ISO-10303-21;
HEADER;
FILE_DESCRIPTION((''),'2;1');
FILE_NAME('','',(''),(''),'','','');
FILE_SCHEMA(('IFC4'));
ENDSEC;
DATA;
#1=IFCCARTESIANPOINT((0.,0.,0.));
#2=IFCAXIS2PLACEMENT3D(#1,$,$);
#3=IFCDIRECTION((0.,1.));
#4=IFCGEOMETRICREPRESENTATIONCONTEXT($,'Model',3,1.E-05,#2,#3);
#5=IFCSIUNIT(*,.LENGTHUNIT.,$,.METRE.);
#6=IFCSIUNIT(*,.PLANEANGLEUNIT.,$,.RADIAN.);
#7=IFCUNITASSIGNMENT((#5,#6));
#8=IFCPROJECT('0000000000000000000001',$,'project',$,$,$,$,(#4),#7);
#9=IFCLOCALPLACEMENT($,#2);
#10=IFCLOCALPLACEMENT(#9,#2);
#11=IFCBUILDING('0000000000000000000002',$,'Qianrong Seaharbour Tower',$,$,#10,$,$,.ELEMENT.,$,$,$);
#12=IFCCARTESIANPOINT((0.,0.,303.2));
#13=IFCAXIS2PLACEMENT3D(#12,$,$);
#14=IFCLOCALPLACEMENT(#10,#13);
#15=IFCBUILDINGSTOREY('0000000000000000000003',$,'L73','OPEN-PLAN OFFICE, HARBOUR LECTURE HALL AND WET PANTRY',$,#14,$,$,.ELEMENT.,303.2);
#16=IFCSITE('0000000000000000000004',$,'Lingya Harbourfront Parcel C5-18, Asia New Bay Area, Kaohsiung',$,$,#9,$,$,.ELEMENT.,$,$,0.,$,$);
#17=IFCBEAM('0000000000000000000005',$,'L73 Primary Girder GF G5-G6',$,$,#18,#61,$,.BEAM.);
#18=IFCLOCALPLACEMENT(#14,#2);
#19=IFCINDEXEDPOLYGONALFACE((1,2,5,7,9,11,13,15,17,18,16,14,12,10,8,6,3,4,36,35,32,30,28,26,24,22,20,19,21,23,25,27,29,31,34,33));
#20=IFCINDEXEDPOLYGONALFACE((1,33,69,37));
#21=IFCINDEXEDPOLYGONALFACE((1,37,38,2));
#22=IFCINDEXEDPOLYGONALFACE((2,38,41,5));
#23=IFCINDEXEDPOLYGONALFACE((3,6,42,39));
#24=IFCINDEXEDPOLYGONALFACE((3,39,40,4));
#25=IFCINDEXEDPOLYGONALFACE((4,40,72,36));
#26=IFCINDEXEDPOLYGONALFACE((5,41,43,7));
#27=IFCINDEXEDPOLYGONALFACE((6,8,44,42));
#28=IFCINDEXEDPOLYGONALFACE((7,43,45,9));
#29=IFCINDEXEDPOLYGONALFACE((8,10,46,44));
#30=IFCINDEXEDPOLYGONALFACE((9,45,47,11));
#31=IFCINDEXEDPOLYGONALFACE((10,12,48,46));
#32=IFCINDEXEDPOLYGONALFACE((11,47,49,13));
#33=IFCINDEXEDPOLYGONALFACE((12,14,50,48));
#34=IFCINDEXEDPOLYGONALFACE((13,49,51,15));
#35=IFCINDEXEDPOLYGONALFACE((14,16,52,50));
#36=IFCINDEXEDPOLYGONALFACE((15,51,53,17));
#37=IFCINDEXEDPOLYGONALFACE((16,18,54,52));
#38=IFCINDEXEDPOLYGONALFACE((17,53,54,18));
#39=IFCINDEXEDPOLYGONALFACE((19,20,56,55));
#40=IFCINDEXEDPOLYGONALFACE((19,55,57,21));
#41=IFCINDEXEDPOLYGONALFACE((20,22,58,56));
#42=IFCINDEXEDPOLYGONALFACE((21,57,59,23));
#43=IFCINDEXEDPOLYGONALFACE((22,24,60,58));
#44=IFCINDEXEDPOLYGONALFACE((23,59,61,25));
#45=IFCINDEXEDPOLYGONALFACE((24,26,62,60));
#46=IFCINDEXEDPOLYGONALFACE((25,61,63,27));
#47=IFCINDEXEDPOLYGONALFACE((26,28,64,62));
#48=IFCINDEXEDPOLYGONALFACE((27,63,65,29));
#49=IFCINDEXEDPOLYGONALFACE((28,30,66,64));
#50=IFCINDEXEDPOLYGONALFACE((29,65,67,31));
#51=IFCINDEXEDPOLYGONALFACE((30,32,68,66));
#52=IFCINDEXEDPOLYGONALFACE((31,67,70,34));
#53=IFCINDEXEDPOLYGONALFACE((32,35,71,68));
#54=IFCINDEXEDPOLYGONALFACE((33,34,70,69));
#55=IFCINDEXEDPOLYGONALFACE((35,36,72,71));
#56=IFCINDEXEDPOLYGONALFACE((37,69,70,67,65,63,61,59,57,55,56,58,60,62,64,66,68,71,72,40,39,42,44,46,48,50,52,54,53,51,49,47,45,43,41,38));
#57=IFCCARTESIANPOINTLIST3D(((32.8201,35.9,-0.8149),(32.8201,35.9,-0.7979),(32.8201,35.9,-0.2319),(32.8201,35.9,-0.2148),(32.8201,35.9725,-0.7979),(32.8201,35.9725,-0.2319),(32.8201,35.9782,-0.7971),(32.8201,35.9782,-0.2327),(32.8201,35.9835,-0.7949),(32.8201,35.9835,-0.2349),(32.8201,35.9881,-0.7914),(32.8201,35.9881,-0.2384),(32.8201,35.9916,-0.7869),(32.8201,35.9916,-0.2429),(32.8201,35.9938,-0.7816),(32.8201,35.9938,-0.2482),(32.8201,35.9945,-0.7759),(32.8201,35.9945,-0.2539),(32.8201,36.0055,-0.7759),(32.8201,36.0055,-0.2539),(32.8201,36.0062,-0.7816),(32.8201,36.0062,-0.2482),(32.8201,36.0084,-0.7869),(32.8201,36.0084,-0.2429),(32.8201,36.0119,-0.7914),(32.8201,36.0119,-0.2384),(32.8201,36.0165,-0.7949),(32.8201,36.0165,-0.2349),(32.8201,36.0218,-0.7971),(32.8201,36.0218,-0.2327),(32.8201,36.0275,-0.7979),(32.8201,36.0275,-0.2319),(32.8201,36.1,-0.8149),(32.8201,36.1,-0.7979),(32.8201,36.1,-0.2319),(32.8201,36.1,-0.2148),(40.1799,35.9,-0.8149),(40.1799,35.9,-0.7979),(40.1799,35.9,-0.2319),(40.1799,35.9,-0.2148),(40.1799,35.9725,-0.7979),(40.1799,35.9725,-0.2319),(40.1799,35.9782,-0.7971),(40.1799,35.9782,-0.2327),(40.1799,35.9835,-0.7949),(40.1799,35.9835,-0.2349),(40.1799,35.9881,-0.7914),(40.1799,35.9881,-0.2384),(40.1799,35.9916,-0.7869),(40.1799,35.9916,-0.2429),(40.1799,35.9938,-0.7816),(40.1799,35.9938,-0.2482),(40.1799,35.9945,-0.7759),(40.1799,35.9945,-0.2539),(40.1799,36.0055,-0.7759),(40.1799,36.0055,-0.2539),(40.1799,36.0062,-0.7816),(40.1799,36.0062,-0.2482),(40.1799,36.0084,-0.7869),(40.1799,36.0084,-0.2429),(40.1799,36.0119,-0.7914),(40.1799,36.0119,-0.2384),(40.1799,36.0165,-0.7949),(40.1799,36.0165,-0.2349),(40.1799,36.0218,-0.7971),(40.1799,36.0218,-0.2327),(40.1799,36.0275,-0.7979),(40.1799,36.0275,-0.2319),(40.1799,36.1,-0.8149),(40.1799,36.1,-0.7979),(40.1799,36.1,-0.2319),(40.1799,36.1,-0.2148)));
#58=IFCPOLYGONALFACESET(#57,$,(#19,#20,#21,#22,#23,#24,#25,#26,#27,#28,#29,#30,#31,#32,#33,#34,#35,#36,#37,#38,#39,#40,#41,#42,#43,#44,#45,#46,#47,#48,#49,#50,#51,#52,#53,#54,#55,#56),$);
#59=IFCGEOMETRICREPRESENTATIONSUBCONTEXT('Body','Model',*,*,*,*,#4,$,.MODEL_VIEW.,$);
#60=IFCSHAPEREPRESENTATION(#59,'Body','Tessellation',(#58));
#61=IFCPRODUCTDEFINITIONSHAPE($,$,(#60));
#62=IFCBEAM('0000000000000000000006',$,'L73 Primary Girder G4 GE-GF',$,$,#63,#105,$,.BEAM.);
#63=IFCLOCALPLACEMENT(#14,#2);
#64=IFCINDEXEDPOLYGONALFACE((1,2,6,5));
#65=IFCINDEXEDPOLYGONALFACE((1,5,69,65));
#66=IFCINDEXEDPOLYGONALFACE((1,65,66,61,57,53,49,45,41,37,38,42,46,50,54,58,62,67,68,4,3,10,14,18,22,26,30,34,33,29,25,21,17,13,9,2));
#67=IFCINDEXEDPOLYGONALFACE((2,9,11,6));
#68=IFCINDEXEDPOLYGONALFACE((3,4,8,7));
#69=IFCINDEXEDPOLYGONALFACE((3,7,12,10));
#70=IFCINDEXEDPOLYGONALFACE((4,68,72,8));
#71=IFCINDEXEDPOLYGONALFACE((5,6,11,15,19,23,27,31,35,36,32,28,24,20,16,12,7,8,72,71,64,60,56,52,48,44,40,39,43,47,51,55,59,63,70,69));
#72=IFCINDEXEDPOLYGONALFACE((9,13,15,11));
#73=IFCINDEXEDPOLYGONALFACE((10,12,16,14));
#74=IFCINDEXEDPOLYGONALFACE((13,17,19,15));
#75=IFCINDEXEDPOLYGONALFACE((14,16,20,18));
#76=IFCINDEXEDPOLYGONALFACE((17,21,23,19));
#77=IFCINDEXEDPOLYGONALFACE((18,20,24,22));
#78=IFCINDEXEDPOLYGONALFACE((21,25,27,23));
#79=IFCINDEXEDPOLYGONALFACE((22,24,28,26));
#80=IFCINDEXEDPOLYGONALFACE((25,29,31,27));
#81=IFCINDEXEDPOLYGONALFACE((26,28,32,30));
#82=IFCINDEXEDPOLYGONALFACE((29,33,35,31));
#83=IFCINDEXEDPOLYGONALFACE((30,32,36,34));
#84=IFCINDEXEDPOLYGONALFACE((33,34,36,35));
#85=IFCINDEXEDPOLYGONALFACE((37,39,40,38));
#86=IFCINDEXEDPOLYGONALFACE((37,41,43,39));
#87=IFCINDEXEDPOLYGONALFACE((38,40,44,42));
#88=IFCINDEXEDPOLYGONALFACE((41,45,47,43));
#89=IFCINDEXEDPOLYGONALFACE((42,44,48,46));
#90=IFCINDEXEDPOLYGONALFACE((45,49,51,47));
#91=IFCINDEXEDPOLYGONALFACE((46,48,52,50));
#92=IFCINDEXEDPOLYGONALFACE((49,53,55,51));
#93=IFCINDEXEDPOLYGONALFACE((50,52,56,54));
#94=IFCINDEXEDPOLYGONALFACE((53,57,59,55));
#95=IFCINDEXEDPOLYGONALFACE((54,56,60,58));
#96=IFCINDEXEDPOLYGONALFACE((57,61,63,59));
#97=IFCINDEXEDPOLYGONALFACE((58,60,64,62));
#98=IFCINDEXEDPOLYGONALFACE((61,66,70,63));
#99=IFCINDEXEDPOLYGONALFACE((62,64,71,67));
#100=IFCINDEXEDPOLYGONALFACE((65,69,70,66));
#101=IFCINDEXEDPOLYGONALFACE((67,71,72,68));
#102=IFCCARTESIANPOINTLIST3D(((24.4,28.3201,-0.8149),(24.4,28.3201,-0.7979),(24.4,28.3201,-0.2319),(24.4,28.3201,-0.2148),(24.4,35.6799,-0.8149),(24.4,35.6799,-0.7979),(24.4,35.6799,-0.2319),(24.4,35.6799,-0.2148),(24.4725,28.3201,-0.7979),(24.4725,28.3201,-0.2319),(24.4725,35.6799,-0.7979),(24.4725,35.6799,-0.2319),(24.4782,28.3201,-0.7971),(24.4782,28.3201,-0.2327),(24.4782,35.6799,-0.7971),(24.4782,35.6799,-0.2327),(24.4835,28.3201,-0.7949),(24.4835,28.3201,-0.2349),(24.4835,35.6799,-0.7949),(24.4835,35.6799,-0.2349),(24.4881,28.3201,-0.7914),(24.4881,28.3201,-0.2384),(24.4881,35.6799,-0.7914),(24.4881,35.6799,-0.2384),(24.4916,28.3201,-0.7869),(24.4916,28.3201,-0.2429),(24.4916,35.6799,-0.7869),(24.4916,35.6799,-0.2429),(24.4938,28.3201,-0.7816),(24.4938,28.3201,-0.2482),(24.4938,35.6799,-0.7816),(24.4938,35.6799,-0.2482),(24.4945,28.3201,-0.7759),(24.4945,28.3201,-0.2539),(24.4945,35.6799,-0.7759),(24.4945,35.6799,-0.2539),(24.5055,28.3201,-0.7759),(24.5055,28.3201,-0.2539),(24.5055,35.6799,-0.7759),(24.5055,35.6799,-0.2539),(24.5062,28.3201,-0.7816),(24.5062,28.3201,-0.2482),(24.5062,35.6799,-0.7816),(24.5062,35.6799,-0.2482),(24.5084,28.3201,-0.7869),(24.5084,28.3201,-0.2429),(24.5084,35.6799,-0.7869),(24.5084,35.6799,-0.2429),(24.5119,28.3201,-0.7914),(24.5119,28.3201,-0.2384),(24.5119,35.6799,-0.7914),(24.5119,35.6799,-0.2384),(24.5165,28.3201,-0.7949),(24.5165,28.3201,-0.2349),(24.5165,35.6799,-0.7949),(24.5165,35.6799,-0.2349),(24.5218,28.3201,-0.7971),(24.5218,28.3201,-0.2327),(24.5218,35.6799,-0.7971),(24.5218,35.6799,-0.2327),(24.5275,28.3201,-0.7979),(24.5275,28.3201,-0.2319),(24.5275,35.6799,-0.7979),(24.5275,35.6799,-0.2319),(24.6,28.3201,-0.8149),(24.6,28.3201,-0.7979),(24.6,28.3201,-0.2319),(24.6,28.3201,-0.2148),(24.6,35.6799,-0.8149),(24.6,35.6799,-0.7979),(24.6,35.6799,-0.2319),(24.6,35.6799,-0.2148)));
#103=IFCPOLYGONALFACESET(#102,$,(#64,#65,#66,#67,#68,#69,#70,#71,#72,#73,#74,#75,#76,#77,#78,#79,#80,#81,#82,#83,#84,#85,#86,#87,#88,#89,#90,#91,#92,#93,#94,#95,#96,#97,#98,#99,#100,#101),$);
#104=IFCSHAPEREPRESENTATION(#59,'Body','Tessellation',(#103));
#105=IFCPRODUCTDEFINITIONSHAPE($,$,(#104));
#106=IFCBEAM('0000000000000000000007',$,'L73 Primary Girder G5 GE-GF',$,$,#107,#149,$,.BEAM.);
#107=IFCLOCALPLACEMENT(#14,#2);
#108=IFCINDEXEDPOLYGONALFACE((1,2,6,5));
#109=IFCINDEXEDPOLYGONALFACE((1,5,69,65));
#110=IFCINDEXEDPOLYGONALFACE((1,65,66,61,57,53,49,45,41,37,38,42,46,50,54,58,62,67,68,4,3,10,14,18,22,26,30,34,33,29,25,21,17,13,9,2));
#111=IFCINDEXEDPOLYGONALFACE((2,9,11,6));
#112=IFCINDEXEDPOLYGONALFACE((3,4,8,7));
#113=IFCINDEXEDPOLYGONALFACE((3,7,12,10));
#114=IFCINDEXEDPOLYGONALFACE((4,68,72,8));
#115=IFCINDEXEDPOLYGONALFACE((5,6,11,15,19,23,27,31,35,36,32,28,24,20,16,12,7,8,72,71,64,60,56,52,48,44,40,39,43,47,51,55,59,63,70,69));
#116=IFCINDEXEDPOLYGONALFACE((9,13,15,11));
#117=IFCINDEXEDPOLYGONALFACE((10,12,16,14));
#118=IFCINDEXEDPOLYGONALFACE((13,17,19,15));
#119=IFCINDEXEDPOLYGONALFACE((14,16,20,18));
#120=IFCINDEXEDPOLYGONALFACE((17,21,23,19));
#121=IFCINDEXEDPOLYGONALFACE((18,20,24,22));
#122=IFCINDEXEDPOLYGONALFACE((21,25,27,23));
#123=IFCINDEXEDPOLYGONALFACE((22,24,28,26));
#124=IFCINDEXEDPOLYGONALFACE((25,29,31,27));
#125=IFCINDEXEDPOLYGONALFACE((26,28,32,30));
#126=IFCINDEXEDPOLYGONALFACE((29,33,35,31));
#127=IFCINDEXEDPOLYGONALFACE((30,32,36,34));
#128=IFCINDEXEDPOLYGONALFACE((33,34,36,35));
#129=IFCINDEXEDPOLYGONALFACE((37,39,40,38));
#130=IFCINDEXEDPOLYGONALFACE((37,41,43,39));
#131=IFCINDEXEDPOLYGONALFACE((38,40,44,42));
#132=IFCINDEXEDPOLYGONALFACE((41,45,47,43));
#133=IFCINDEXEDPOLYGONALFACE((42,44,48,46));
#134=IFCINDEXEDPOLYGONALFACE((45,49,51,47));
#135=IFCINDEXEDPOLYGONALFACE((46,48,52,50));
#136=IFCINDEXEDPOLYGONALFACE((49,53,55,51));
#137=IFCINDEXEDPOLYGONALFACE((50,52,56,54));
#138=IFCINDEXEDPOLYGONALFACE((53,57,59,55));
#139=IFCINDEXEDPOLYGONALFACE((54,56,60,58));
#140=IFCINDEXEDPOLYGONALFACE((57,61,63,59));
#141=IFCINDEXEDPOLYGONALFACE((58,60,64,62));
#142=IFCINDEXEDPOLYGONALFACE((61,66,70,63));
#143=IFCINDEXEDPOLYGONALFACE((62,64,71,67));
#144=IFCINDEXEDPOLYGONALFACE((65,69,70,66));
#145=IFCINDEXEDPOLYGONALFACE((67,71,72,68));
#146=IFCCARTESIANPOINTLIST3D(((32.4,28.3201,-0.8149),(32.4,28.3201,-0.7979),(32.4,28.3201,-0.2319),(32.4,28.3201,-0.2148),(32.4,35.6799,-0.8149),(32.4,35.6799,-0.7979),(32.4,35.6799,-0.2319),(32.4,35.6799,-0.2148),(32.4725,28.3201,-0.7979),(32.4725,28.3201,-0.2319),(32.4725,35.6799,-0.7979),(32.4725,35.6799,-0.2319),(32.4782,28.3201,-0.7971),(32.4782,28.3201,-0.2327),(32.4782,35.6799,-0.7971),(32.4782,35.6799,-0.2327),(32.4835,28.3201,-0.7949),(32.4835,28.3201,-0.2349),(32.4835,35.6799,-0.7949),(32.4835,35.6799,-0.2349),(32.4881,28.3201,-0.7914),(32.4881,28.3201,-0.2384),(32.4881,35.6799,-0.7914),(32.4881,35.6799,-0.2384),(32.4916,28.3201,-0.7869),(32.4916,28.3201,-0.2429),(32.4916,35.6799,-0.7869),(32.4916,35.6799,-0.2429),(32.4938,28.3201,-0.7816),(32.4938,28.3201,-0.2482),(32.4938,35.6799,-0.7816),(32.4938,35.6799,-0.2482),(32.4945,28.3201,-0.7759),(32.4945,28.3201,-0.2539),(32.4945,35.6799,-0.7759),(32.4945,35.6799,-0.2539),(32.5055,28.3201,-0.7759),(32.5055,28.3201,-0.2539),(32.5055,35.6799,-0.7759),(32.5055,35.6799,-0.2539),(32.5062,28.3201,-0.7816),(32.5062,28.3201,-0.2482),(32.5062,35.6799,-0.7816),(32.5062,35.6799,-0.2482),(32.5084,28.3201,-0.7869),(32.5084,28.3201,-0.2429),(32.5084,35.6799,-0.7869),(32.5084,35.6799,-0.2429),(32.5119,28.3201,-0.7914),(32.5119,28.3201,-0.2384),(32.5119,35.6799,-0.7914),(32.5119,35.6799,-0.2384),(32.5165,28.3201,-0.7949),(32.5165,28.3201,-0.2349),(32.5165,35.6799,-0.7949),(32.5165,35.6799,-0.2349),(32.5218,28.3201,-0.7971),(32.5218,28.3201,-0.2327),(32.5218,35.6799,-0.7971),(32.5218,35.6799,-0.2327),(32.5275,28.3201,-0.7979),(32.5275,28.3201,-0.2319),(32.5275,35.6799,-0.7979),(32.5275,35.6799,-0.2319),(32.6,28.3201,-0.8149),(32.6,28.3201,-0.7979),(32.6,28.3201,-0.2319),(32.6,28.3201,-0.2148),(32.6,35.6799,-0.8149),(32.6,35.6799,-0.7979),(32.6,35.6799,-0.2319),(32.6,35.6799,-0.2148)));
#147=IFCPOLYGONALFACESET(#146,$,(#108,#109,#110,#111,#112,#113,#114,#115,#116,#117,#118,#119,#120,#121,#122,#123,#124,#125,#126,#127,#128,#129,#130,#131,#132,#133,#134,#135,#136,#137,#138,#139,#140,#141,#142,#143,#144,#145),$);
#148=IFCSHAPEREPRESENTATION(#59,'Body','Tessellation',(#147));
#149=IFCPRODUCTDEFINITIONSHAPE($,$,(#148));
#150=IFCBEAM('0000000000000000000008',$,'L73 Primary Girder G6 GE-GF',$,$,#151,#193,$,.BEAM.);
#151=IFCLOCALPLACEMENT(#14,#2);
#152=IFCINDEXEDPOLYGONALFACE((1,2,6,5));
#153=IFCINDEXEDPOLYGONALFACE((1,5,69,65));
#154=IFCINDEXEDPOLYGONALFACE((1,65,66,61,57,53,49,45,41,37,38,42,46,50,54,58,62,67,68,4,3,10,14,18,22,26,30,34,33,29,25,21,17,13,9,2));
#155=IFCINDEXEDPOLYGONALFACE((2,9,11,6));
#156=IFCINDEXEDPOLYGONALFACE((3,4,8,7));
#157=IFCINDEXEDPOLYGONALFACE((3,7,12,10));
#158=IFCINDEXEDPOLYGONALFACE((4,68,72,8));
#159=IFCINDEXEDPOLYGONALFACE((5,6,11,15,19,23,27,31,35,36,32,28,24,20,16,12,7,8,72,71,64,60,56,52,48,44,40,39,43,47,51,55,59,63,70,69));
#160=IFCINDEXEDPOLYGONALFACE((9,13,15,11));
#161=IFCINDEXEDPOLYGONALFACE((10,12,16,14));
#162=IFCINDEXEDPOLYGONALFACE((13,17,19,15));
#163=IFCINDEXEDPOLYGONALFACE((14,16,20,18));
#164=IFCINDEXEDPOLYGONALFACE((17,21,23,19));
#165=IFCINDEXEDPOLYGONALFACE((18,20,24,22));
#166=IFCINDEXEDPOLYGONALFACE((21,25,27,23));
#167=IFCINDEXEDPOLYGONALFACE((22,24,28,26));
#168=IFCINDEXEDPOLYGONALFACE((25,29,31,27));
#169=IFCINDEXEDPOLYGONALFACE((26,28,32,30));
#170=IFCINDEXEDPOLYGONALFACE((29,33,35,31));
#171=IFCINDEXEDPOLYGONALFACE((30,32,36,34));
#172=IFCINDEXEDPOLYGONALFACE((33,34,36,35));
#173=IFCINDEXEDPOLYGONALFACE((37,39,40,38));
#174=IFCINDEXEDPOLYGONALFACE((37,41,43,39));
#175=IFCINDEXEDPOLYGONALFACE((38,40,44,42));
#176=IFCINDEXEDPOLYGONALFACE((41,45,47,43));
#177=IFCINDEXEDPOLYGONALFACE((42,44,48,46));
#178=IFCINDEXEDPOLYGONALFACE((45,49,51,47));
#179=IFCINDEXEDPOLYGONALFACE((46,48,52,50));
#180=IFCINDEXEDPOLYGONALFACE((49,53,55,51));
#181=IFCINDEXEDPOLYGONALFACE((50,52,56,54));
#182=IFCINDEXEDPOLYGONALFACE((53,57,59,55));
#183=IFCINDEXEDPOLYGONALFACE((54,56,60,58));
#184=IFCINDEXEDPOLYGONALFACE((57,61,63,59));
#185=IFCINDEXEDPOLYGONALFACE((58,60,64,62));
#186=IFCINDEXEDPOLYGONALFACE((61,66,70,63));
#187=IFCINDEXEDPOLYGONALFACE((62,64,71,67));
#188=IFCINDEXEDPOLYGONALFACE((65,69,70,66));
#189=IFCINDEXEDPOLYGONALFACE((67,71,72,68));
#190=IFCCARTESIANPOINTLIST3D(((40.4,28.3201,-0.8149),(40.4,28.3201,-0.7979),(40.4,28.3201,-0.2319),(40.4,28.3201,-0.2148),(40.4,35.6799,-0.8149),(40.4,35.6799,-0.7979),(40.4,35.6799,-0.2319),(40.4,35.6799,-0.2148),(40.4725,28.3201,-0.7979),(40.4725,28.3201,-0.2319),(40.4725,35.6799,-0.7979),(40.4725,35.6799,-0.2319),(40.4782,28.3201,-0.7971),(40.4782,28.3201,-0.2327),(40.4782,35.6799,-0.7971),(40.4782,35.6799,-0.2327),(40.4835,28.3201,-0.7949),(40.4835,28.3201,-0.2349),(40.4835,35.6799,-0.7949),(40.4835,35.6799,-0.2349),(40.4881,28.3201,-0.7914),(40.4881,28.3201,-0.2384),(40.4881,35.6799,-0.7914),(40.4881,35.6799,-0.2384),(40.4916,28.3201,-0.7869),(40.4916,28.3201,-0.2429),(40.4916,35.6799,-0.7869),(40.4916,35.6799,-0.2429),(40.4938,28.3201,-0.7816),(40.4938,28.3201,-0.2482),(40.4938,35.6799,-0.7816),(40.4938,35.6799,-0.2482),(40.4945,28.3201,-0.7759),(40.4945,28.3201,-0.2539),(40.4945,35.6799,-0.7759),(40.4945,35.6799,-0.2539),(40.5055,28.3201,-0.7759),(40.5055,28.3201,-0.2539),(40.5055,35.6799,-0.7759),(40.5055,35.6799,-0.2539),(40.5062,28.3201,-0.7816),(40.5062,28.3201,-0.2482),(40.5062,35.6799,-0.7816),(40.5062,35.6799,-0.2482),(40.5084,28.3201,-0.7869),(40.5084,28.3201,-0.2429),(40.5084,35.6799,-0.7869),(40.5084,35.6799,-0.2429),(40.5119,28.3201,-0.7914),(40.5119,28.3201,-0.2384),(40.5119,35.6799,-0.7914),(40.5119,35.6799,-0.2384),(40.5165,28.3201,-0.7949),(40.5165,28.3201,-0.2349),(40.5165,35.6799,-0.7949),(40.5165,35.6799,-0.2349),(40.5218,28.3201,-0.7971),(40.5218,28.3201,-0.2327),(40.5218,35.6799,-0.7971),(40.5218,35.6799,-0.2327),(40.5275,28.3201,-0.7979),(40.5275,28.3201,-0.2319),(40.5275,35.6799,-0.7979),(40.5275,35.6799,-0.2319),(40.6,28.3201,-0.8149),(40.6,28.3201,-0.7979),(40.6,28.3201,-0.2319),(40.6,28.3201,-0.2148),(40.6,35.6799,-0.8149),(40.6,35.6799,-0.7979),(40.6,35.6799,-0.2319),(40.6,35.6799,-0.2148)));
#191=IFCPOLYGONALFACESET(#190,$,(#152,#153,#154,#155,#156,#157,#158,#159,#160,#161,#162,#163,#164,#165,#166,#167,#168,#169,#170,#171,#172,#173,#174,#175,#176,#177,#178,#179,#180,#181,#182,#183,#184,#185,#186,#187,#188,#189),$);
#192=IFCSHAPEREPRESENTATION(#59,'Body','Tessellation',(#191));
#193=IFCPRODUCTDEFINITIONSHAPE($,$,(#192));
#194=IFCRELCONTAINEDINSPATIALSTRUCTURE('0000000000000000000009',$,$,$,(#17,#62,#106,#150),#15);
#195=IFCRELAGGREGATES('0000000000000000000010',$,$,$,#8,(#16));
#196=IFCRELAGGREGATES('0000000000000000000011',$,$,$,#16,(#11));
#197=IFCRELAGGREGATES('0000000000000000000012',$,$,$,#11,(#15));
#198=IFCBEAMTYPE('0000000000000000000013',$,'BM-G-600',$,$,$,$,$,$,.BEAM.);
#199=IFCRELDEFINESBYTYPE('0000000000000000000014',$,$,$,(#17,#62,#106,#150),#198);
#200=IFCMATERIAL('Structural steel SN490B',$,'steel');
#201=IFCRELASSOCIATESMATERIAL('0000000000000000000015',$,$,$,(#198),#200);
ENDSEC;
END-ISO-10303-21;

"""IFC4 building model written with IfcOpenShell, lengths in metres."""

from ifc_helpers import new_model, si_unit, direction, frame, origin, origin_2d, place, context, subcontext, project, spatial, i_section, extrude, material, material_profile, profile_set, type_object, element, save


model = new_model("IFC4")

# Units and contexts
model_context = context("Model", 3, precision=1e-05, world=origin(), true_north=direction((0.0, 1.0)))
body_context = subcontext(model_context, "Body", "Model", "MODEL_VIEW")
ifc_project = project(units=[si_unit("LENGTHUNIT", "METRE"), si_unit("PLANEANGLEUNIT", "RADIAN")], contexts=[model_context])

# Site, building, storey
site_placement = place(None, origin())
site = spatial("IfcSite", under=ifc_project, at=site_placement, Name="Lingya Harbourfront Parcel C5-18, Asia New Bay Area, Kaohsiung", CompositionType="ELEMENT", RefElevation=0.0)
building_placement = place(site_placement, origin())
building = spatial("IfcBuilding", under=site, at=building_placement, Name="Qianrong Seaharbour Tower", CompositionType="ELEMENT")
storey_placement = place(building_placement, frame((0.0, 0.0, 303.2)))
storey = spatial("IfcBuildingStorey", under=building, at=storey_placement, Name="L73", Description="OPEN-PLAN OFFICE, HARBOUR LECTURE HALL AND WET PANTRY", CompositionType="ELEMENT", Elevation=303.2)

# Shared definitions
ifc_material_1 = material(Name="Structural steel SN490B", Category="steel")

# Beams
ifc_material_profile_1 = material_profile(ifc_material_1, i_section(OverallWidth=0.2, OverallDepth=0.6001, WebThickness=0.011, FlangeThickness=0.0171, FilletRadius=0.022, at=origin_2d()), Name="H600x200x11x17")
ifc_profile_set_1 = profile_set([ifc_material_profile_1], Name="Structural steel SN490B")
beam_type_1 = type_object("IfcBeamType", Name="BM-G-600", PredefinedType="BEAM", material=ifc_profile_set_1)
for number, where, z_axis, x_axis, name in (
    (1, (32.8201, 36.0, -0.5149), (1.0, 0.0, 0.0), (0.0, 1.0, 0.0), "L73 Primary Girder GF G5-G6"),
    (2, (24.5, 28.3201, -0.5149), (0.0, 1.0, 0.0), (-1.0, 0.0, 0.0), "L73 Primary Girder G4 GE-GF"),
    (3, (32.5, 28.3201, -0.5149), (0.0, 1.0, 0.0), (-1.0, 0.0, 0.0), "L73 Primary Girder G5 GE-GF"),
    (4, (40.5, 28.3201, -0.5149), (0.0, 1.0, 0.0), (-1.0, 0.0, 0.0), "L73 Primary Girder G6 GE-GF"),
):
    element("IfcBeam", number, at=place(storey_placement, frame(where, z_axis=z_axis, x_axis=x_axis)), inside=storey, type_object=beam_type_1, Name=name, PredefinedType="BEAM", context=body_context, shape_type="SweptSolid", body=[
        extrude(i_section(OverallWidth=0.2, OverallDepth=0.6001, WebThickness=0.011, FlangeThickness=0.0171, FilletRadius=0.022, at=origin_2d()), origin(), (0.0, 0.0, 1.0), 7.3599),
    ])

save(model, "model.ifc")
